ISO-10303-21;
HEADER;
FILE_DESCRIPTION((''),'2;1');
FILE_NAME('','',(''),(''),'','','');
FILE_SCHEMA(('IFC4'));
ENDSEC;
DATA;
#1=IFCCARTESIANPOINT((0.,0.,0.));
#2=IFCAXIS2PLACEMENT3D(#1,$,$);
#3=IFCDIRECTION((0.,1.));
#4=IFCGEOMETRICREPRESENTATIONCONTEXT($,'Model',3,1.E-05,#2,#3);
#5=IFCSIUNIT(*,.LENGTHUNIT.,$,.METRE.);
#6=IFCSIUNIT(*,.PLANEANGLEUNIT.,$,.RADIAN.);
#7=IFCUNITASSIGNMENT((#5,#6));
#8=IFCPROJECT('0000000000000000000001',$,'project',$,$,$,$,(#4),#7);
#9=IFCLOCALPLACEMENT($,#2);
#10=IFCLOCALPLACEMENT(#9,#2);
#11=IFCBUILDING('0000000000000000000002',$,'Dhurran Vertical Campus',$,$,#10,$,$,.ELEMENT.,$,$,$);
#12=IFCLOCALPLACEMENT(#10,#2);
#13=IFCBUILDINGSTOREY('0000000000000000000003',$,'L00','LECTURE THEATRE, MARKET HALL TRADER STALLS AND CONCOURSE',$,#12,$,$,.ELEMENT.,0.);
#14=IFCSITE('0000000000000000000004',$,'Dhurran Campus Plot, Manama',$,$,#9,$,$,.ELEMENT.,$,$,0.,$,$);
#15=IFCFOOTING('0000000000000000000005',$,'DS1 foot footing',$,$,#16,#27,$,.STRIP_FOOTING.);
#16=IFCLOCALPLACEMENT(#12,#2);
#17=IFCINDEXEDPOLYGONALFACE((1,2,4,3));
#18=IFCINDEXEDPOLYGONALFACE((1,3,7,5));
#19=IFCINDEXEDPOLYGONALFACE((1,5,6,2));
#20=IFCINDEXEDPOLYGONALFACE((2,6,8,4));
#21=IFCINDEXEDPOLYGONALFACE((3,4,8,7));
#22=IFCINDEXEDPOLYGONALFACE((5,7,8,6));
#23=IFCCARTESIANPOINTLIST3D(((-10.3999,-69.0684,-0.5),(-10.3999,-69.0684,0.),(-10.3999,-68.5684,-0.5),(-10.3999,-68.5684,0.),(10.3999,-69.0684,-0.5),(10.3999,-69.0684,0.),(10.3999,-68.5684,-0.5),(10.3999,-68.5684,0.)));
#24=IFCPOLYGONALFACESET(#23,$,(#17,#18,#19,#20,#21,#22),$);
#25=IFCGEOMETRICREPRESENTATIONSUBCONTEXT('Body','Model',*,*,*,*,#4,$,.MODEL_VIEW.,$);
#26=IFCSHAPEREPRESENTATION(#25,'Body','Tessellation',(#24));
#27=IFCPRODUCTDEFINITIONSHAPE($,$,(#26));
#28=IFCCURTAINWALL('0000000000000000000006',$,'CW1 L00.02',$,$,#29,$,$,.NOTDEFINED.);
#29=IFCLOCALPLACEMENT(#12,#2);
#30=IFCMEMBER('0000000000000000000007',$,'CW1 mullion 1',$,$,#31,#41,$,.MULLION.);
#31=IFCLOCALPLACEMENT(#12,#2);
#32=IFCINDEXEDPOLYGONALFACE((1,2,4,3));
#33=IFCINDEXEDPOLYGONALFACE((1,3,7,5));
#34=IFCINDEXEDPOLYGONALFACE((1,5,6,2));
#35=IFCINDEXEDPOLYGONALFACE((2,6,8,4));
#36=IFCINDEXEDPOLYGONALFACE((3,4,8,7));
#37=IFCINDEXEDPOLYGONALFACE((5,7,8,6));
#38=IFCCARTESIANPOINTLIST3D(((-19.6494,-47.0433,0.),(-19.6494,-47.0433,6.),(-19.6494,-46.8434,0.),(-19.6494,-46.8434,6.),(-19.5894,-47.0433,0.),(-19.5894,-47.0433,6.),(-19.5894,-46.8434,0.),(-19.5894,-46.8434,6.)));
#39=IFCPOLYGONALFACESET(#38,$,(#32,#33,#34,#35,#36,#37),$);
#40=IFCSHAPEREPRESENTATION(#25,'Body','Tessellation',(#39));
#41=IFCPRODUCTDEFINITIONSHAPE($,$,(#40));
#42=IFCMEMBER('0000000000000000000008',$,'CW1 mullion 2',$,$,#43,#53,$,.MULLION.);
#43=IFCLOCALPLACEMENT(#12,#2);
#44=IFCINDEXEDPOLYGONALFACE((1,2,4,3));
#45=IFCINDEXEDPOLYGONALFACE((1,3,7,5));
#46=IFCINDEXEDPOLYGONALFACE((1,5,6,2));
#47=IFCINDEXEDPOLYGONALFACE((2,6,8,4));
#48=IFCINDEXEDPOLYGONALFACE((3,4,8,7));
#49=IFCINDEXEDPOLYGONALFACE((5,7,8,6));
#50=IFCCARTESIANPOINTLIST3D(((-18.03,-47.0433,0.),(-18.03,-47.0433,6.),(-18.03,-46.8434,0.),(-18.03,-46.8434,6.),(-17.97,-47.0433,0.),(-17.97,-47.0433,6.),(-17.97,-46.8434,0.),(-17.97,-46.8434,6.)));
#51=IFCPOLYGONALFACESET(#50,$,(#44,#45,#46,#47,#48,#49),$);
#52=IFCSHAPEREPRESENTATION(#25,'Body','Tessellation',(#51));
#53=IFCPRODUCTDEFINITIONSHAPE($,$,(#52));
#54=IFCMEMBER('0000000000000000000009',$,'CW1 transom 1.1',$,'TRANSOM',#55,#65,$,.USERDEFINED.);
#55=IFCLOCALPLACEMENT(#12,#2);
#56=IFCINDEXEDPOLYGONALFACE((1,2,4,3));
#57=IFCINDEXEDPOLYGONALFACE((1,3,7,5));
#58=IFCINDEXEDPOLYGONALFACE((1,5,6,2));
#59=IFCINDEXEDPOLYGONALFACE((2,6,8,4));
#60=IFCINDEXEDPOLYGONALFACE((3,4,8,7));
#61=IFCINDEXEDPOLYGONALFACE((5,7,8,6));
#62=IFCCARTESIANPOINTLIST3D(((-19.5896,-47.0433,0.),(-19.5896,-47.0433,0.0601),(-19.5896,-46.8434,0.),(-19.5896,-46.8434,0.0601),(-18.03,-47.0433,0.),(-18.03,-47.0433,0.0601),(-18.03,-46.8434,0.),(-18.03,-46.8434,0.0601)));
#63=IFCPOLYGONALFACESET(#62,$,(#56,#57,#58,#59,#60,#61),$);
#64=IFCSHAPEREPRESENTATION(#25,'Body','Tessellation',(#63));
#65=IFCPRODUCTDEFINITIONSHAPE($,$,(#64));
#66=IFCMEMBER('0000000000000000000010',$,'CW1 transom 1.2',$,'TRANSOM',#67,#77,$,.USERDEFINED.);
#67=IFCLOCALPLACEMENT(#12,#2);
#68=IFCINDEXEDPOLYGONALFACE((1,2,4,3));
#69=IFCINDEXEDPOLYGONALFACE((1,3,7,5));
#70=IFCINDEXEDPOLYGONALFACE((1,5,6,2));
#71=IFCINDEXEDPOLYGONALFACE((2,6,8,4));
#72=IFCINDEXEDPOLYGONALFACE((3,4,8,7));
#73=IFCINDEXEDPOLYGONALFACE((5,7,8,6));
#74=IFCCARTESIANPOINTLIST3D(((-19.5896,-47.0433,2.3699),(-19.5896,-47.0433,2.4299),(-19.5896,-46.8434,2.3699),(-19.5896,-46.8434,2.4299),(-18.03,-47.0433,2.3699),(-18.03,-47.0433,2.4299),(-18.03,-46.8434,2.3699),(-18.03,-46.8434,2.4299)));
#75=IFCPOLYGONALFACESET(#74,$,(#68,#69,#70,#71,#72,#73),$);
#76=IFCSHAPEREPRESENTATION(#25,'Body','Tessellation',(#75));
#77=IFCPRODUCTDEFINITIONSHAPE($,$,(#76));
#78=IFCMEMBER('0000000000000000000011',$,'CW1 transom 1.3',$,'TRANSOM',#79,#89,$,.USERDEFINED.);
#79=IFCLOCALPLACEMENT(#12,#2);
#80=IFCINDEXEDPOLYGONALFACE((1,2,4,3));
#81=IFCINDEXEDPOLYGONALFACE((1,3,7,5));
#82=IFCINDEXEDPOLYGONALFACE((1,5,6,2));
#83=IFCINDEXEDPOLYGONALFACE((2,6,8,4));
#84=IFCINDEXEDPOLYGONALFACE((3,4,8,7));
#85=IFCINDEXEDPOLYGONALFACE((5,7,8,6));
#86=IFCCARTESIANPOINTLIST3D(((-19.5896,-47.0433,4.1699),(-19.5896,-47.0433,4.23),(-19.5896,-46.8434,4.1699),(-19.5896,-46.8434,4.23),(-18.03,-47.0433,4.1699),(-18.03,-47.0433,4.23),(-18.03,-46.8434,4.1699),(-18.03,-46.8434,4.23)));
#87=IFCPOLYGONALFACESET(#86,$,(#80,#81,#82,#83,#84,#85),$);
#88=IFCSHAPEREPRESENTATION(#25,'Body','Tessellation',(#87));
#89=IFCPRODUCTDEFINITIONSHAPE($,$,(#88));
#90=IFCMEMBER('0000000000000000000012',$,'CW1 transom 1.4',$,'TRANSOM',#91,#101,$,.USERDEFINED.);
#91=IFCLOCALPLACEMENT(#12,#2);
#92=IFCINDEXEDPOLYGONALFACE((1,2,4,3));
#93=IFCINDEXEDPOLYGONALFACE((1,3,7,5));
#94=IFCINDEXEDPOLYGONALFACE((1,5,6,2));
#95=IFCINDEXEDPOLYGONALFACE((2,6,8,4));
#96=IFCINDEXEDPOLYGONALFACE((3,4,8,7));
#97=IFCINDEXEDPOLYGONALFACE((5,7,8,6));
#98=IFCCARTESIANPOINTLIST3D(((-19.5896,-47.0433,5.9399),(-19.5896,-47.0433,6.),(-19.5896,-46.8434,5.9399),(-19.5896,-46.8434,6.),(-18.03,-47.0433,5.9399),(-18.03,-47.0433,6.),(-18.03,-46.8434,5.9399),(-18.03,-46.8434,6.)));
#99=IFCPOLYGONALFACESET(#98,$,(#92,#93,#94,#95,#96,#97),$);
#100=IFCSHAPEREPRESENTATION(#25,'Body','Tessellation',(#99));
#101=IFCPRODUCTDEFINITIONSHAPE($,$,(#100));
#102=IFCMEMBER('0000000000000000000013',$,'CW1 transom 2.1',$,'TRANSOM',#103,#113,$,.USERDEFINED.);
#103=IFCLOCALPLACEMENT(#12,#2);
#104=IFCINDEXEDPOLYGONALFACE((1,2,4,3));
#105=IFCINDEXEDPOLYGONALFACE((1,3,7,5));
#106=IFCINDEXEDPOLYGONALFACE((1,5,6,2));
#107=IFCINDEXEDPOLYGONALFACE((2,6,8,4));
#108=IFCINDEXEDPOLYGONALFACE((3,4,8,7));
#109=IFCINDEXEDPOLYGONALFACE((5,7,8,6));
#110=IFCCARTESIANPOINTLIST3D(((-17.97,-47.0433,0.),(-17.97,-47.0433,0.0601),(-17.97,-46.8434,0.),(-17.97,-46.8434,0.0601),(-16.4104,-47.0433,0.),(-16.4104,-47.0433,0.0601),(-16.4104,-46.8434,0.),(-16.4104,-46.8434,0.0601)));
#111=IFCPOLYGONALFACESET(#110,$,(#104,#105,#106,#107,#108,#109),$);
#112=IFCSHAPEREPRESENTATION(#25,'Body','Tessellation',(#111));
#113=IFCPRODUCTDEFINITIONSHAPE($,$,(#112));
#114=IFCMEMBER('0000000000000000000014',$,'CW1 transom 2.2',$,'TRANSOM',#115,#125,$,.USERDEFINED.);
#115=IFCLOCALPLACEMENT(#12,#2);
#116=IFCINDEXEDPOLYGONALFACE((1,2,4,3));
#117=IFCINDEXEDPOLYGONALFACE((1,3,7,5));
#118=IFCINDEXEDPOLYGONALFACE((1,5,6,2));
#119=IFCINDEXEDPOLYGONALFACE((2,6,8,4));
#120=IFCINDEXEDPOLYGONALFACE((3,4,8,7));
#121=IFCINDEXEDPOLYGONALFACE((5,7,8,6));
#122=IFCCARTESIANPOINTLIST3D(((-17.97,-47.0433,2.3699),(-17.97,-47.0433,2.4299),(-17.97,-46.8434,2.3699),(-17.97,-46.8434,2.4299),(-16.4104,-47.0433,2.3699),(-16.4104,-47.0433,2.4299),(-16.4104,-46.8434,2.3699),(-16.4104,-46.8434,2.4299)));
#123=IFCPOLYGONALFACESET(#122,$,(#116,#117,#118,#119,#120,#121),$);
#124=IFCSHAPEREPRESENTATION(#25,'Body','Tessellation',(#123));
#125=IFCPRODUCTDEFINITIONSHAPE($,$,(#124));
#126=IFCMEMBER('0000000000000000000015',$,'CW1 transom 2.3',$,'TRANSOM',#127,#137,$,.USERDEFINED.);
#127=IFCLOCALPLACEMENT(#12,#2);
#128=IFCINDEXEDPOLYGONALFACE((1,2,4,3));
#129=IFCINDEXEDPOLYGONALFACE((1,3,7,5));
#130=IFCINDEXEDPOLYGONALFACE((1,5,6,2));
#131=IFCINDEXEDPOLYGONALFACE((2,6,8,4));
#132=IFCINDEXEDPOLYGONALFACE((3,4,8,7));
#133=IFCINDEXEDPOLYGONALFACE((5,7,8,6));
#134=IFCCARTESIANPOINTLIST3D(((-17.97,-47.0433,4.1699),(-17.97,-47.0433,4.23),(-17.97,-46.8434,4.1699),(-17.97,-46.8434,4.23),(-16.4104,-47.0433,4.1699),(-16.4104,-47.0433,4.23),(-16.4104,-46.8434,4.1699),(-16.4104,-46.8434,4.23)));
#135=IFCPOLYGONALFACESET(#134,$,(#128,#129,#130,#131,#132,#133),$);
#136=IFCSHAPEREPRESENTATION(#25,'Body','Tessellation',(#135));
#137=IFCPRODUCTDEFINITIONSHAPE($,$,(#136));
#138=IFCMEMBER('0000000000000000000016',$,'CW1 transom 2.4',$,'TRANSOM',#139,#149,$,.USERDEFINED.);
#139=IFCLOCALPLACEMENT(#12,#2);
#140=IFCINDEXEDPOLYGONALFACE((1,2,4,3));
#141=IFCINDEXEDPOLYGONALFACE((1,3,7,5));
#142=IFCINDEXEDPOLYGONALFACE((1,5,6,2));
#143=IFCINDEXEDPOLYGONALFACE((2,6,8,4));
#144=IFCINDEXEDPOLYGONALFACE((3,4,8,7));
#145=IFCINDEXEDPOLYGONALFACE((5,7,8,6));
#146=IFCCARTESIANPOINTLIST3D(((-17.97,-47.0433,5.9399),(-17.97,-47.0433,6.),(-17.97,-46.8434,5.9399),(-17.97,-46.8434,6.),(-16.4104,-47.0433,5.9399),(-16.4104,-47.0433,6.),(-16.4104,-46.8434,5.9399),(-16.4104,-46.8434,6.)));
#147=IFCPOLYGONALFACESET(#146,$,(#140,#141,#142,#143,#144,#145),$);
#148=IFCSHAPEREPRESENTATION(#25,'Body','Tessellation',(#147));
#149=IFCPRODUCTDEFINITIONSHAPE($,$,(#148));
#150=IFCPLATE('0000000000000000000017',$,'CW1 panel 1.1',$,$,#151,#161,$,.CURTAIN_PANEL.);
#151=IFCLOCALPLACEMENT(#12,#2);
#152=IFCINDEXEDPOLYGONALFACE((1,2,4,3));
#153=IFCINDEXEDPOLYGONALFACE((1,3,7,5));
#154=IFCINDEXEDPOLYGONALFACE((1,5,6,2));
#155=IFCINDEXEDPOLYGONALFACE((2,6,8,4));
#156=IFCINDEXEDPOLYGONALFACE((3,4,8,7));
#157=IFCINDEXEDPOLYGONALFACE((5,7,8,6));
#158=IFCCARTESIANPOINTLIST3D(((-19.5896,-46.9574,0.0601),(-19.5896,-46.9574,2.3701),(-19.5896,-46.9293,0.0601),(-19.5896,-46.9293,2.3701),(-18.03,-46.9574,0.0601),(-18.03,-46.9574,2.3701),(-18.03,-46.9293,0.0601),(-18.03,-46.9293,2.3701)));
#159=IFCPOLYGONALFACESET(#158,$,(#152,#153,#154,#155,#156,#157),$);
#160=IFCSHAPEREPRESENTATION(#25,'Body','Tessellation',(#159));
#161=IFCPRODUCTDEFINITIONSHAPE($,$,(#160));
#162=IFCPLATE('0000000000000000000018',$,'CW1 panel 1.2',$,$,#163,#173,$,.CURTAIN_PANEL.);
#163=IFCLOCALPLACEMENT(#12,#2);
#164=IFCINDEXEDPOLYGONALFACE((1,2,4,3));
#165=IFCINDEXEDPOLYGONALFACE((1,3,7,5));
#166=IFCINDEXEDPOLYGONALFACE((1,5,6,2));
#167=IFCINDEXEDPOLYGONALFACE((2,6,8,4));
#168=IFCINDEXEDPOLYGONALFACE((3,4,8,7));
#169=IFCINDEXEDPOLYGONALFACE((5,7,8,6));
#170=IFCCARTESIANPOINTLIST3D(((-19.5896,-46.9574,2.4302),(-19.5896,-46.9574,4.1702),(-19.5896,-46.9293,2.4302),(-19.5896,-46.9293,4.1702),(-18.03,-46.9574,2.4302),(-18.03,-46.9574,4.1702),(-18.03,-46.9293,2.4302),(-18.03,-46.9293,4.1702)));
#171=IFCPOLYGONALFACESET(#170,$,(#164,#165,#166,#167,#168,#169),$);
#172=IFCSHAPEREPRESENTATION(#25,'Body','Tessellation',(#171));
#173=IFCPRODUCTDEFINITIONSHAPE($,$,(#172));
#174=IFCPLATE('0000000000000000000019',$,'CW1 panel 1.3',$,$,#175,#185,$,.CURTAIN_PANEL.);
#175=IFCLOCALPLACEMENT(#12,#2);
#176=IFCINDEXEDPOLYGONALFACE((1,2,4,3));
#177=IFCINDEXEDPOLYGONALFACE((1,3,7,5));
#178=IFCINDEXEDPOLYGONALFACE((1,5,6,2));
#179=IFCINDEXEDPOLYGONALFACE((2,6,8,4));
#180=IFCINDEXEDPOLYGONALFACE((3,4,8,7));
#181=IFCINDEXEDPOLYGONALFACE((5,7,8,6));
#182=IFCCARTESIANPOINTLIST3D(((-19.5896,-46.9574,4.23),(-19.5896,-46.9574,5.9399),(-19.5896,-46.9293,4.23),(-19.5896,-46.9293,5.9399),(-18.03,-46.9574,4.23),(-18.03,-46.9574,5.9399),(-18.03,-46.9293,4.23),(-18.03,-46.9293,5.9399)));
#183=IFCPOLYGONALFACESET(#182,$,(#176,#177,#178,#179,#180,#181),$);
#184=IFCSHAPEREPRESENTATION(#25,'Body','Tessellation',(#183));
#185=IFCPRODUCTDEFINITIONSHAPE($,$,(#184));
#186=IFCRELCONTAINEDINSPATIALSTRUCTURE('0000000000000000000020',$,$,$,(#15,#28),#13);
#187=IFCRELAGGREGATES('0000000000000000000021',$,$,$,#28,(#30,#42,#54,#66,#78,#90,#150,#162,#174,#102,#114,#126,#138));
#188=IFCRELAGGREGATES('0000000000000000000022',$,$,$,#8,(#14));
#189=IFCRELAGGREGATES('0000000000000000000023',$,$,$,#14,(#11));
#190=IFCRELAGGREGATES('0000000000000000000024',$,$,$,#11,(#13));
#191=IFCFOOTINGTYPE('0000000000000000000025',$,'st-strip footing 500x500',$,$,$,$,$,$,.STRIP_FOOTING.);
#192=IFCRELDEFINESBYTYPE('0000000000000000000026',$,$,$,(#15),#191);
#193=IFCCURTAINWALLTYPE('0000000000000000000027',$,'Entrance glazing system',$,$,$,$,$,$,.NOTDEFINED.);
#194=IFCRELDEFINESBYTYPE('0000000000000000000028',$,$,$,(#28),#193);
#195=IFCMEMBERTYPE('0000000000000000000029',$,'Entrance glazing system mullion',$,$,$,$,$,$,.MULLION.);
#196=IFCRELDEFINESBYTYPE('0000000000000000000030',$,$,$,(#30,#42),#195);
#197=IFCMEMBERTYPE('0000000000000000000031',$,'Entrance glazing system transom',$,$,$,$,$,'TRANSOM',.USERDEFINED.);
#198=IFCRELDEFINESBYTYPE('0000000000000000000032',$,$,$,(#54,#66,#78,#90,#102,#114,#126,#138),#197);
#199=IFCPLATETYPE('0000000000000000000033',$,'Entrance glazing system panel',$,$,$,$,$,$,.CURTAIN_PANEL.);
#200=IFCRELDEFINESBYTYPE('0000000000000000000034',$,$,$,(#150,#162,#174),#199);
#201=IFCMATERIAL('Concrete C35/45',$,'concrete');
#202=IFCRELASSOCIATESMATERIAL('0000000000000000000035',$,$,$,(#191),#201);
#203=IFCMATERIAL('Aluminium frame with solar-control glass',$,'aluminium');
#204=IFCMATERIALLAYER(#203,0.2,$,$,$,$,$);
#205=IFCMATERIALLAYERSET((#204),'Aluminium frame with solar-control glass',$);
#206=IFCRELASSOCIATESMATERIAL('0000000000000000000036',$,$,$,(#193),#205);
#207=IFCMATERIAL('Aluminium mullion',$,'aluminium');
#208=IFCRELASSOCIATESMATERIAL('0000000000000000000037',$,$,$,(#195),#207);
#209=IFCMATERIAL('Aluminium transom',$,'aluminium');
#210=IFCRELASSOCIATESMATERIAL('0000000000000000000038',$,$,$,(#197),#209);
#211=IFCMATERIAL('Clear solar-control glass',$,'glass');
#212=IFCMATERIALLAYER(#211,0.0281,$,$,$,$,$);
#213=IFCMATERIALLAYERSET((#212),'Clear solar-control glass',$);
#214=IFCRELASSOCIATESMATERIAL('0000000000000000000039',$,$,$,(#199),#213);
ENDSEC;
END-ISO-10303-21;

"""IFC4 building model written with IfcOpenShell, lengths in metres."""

from ifc_helpers import new_model, si_unit, direction, frame, origin, origin_2d, place, context, subcontext, project, spatial, rectangle, extrude, material, layer, layer_set, material_profile, profile_set, type_object, element, aggregate, save


model = new_model("IFC4")

# Units and contexts
model_context = context("Model", 3, precision=1e-05, world=origin(), true_north=direction((0.0, 1.0)))
body_context = subcontext(model_context, "Body", "Model", "MODEL_VIEW")
ifc_project = project(units=[si_unit("LENGTHUNIT", "METRE"), si_unit("PLANEANGLEUNIT", "RADIAN")], contexts=[model_context])

# Site, building, storey
site_placement = place(None, origin())
site = spatial("IfcSite", under=ifc_project, at=site_placement, Name="Dhurran Campus Plot, Manama", CompositionType="ELEMENT", RefElevation=0.0)
building_placement = place(site_placement, origin())
building = spatial("IfcBuilding", under=site, at=building_placement, Name="Dhurran Vertical Campus", CompositionType="ELEMENT")
storey_placement = place(building_placement, origin())
storey = spatial("IfcBuildingStorey", under=building, at=storey_placement, Name="L00", Description="LECTURE THEATRE, MARKET HALL TRADER STALLS AND CONCOURSE", CompositionType="ELEMENT", Elevation=0.0)

# Footing
ifc_material_1 = material(Name="Concrete C35/45", Category="concrete")
ifc_material_profile_1 = material_profile(ifc_material_1, rectangle(XDim=0.5, YDim=0.5, at=origin_2d()), Name="st-strip footing 500x500")
ifc_profile_set_1 = profile_set([ifc_material_profile_1], Name="Concrete C35/45")
footing_type = type_object("IfcFootingType", Name="st-strip footing 500x500", PredefinedType="STRIP_FOOTING", material=ifc_profile_set_1)
footing_placement = place(storey_placement, frame((-10.3999, -68.8184, -0.25), z_axis=(1.0, 0.0, 0.0), x_axis=(0.0, 1.0, 0.0)))
element("IfcFooting", 1, at=footing_placement, inside=storey, type_object=footing_type, Name="DS1 foot footing", PredefinedType="STRIP_FOOTING", context=body_context, shape_type="SweptSolid", body=[
    extrude(rectangle(XDim=0.5, YDim=0.5, at=origin_2d()), origin(), (0.0, 0.0, 1.0), 20.7998),
])

# Curtain wall, members, plates
ifc_material_2 = material(Name="Aluminium frame with solar-control glass", Category="aluminium")
ifc_layer_1 = layer(ifc_material_2, 0.2)
ifc_layer_set_1 = layer_set([ifc_layer_1], Name="Aluminium frame with solar-control glass")
curtain_wall_type = type_object("IfcCurtainWallType", Name="Entrance glazing system", PredefinedType="NOTDEFINED", material=ifc_layer_set_1)
curtain_wall_placement = place(storey_placement, origin())
curtain_wall = element("IfcCurtainWall", 2, at=curtain_wall_placement, inside=storey, type_object=curtain_wall_type, Name="CW1 L00.02", PredefinedType="NOTDEFINED")
ifc_material_3 = material(Name="Aluminium mullion", Category="aluminium")
ifc_material_profile_2 = material_profile(ifc_material_3, rectangle(XDim=0.2, YDim=0.0601, at=origin_2d()), Name="Entrance glazing system mullion")
ifc_profile_set_2 = profile_set([ifc_material_profile_2], Name="Aluminium mullion")
member_type_1 = type_object("IfcMemberType", Name="Entrance glazing system mullion", PredefinedType="MULLION", material=ifc_profile_set_2)
member_1_placement = place(storey_placement, frame((-19.6194, -46.9434, 0.0), z_axis=(0.0, 0.0, 1.0), x_axis=(0.0, 1.0, 0.0)))
member_1 = element("IfcMember", 3, at=member_1_placement, type_object=member_type_1, Name="CW1 mullion 1", PredefinedType="MULLION", context=body_context, shape_type="SweptSolid", body=[
    extrude(rectangle(XDim=0.2, YDim=0.0601, at=origin_2d()), origin(), (0.0, 0.0, 1.0), 6.0),
])
member_2_placement = place(storey_placement, frame((-18.0, -46.9434, 0.0), z_axis=(0.0, 0.0, 1.0), x_axis=(0.0, 1.0, 0.0)))
member_2 = element("IfcMember", 4, at=member_2_placement, type_object=member_type_1, Name="CW1 mullion 2", PredefinedType="MULLION", context=body_context, shape_type="SweptSolid", body=[
    extrude(rectangle(XDim=0.2, YDim=0.0601, at=origin_2d()), origin(), (0.0, 0.0, 1.0), 6.0),
])
ifc_material_4 = material(Name="Aluminium transom", Category="aluminium")
ifc_material_profile_3 = material_profile(ifc_material_4, rectangle(XDim=0.2, YDim=0.0601, at=origin_2d()), Name="Entrance glazing system transom")
ifc_profile_set_3 = profile_set([ifc_material_profile_3], Name="Aluminium transom")
member_type_2 = type_object("IfcMemberType", Name="Entrance glazing system transom", ElementType="TRANSOM", PredefinedType="USERDEFINED", material=ifc_profile_set_3)
member_3_placement = place(storey_placement, frame((-19.5896, -46.9434, 0.03), z_axis=(1.0, 0.0, 0.0), x_axis=(0.0, 1.0, 0.0)))
member_3 = element("IfcMember", 5, at=member_3_placement, type_object=member_type_2, Name="CW1 transom 1.1", ObjectType="TRANSOM", PredefinedType="USERDEFINED", context=body_context, shape_type="SweptSolid", body=[
    extrude(rectangle(XDim=0.2, YDim=0.0601, at=origin_2d()), origin(), (0.0, 0.0, 1.0), 1.5596),
])
member_4_placement = place(storey_placement, frame((-19.5896, -46.9434, 2.3999), z_axis=(1.0, 0.0, 0.0), x_axis=(0.0, 1.0, 0.0)))
member_4 = element("IfcMember", 6, at=member_4_placement, type_object=member_type_2, Name="CW1 transom 1.2", ObjectType="TRANSOM", PredefinedType="USERDEFINED", context=body_context, shape_type="SweptSolid", body=[
    extrude(rectangle(XDim=0.2, YDim=0.0601, at=origin_2d()), origin(), (0.0, 0.0, 1.0), 1.5596),
])
member_5_placement = place(storey_placement, frame((-19.5896, -46.9434, 4.2), z_axis=(1.0, 0.0, 0.0), x_axis=(0.0, 1.0, 0.0)))
member_5 = element("IfcMember", 7, at=member_5_placement, type_object=member_type_2, Name="CW1 transom 1.3", ObjectType="TRANSOM", PredefinedType="USERDEFINED", context=body_context, shape_type="SweptSolid", body=[
    extrude(rectangle(XDim=0.2, YDim=0.0601, at=origin_2d()), origin(), (0.0, 0.0, 1.0), 1.5596),
])
member_6_placement = place(storey_placement, frame((-19.5896, -46.9434, 5.97), z_axis=(1.0, 0.0, 0.0), x_axis=(0.0, 1.0, 0.0)))
member_6 = element("IfcMember", 8, at=member_6_placement, type_object=member_type_2, Name="CW1 transom 1.4", ObjectType="TRANSOM", PredefinedType="USERDEFINED", context=body_context, shape_type="SweptSolid", body=[
    extrude(rectangle(XDim=0.2, YDim=0.0601, at=origin_2d()), origin(), (0.0, 0.0, 1.0), 1.5596),
])
member_7_placement = place(storey_placement, frame((-17.97, -46.9434, 0.03), z_axis=(1.0, 0.0, 0.0), x_axis=(0.0, 1.0, 0.0)))
member_7 = element("IfcMember", 9, at=member_7_placement, type_object=member_type_2, Name="CW1 transom 2.1", ObjectType="TRANSOM", PredefinedType="USERDEFINED", context=body_context, shape_type="SweptSolid", body=[
    extrude(rectangle(XDim=0.2, YDim=0.0601, at=origin_2d()), origin(), (0.0, 0.0, 1.0), 1.5596),
])
member_8_placement = place(storey_placement, frame((-17.97, -46.9434, 2.3999), z_axis=(1.0, 0.0, 0.0), x_axis=(0.0, 1.0, 0.0)))
member_8 = element("IfcMember", 10, at=member_8_placement, type_object=member_type_2, Name="CW1 transom 2.2", ObjectType="TRANSOM", PredefinedType="USERDEFINED", context=body_context, shape_type="SweptSolid", body=[
    extrude(rectangle(XDim=0.2, YDim=0.0601, at=origin_2d()), origin(), (0.0, 0.0, 1.0), 1.5596),
])
member_9_placement = place(storey_placement, frame((-17.97, -46.9434, 4.2), z_axis=(1.0, 0.0, 0.0), x_axis=(0.0, 1.0, 0.0)))
member_9 = element("IfcMember", 11, at=member_9_placement, type_object=member_type_2, Name="CW1 transom 2.3", ObjectType="TRANSOM", PredefinedType="USERDEFINED", context=body_context, shape_type="SweptSolid", body=[
    extrude(rectangle(XDim=0.2, YDim=0.0601, at=origin_2d()), origin(), (0.0, 0.0, 1.0), 1.5596),
])
member_10_placement = place(storey_placement, frame((-17.97, -46.9434, 5.97), z_axis=(1.0, 0.0, 0.0), x_axis=(0.0, 1.0, 0.0)))
member_10 = element("IfcMember", 12, at=member_10_placement, type_object=member_type_2, Name="CW1 transom 2.4", ObjectType="TRANSOM", PredefinedType="USERDEFINED", context=body_context, shape_type="SweptSolid", body=[
    extrude(rectangle(XDim=0.2, YDim=0.0601, at=origin_2d()), origin(), (0.0, 0.0, 1.0), 1.5596),
])
ifc_material_5 = material(Name="Clear solar-control glass", Category="glass")
ifc_layer_2 = layer(ifc_material_5, 0.0281)
ifc_layer_set_2 = layer_set([ifc_layer_2], Name="Clear solar-control glass")
plate_type = type_object("IfcPlateType", Name="Entrance glazing system panel", PredefinedType="CURTAIN_PANEL", material=ifc_layer_set_2)
plate_1_placement = place(storey_placement, frame((-18.8098, -46.9434, 0.0601), z_axis=(0.0, 0.0, 1.0), x_axis=(1.0, 0.0, 0.0)))
plate_1 = element("IfcPlate", 13, at=plate_1_placement, type_object=plate_type, Name="CW1 panel 1.1", PredefinedType="CURTAIN_PANEL", context=body_context, shape_type="SweptSolid", body=[
    extrude(rectangle(XDim=1.5596, YDim=0.0281, at=origin_2d()), origin(), (0.0, 0.0, 1.0), 2.3101),
])
plate_2_placement = place(storey_placement, frame((-18.8098, -46.9434, 2.4302), z_axis=(0.0, 0.0, 1.0), x_axis=(1.0, 0.0, 0.0)))
plate_2 = element("IfcPlate", 14, at=plate_2_placement, type_object=plate_type, Name="CW1 panel 1.2", PredefinedType="CURTAIN_PANEL", context=body_context, shape_type="SweptSolid", body=[
    extrude(rectangle(XDim=1.5596, YDim=0.0281, at=origin_2d()), origin(), (0.0, 0.0, 1.0), 1.74),
])
plate_3_placement = place(storey_placement, frame((-18.8098, -46.9434, 4.23), z_axis=(0.0, 0.0, 1.0), x_axis=(1.0, 0.0, 0.0)))
plate_3 = element("IfcPlate", 15, at=plate_3_placement, type_object=plate_type, Name="CW1 panel 1.3", PredefinedType="CURTAIN_PANEL", context=body_context, shape_type="SweptSolid", body=[
    extrude(rectangle(XDim=1.5596, YDim=0.0281, at=origin_2d()), origin(), (0.0, 0.0, 1.0), 1.71),
])
aggregate(curtain_wall, [member_1, member_2, member_3, member_4, member_5, member_6, plate_1, plate_2, plate_3, member_7, member_8, member_9, member_10])

save(model, "model.ifc")
